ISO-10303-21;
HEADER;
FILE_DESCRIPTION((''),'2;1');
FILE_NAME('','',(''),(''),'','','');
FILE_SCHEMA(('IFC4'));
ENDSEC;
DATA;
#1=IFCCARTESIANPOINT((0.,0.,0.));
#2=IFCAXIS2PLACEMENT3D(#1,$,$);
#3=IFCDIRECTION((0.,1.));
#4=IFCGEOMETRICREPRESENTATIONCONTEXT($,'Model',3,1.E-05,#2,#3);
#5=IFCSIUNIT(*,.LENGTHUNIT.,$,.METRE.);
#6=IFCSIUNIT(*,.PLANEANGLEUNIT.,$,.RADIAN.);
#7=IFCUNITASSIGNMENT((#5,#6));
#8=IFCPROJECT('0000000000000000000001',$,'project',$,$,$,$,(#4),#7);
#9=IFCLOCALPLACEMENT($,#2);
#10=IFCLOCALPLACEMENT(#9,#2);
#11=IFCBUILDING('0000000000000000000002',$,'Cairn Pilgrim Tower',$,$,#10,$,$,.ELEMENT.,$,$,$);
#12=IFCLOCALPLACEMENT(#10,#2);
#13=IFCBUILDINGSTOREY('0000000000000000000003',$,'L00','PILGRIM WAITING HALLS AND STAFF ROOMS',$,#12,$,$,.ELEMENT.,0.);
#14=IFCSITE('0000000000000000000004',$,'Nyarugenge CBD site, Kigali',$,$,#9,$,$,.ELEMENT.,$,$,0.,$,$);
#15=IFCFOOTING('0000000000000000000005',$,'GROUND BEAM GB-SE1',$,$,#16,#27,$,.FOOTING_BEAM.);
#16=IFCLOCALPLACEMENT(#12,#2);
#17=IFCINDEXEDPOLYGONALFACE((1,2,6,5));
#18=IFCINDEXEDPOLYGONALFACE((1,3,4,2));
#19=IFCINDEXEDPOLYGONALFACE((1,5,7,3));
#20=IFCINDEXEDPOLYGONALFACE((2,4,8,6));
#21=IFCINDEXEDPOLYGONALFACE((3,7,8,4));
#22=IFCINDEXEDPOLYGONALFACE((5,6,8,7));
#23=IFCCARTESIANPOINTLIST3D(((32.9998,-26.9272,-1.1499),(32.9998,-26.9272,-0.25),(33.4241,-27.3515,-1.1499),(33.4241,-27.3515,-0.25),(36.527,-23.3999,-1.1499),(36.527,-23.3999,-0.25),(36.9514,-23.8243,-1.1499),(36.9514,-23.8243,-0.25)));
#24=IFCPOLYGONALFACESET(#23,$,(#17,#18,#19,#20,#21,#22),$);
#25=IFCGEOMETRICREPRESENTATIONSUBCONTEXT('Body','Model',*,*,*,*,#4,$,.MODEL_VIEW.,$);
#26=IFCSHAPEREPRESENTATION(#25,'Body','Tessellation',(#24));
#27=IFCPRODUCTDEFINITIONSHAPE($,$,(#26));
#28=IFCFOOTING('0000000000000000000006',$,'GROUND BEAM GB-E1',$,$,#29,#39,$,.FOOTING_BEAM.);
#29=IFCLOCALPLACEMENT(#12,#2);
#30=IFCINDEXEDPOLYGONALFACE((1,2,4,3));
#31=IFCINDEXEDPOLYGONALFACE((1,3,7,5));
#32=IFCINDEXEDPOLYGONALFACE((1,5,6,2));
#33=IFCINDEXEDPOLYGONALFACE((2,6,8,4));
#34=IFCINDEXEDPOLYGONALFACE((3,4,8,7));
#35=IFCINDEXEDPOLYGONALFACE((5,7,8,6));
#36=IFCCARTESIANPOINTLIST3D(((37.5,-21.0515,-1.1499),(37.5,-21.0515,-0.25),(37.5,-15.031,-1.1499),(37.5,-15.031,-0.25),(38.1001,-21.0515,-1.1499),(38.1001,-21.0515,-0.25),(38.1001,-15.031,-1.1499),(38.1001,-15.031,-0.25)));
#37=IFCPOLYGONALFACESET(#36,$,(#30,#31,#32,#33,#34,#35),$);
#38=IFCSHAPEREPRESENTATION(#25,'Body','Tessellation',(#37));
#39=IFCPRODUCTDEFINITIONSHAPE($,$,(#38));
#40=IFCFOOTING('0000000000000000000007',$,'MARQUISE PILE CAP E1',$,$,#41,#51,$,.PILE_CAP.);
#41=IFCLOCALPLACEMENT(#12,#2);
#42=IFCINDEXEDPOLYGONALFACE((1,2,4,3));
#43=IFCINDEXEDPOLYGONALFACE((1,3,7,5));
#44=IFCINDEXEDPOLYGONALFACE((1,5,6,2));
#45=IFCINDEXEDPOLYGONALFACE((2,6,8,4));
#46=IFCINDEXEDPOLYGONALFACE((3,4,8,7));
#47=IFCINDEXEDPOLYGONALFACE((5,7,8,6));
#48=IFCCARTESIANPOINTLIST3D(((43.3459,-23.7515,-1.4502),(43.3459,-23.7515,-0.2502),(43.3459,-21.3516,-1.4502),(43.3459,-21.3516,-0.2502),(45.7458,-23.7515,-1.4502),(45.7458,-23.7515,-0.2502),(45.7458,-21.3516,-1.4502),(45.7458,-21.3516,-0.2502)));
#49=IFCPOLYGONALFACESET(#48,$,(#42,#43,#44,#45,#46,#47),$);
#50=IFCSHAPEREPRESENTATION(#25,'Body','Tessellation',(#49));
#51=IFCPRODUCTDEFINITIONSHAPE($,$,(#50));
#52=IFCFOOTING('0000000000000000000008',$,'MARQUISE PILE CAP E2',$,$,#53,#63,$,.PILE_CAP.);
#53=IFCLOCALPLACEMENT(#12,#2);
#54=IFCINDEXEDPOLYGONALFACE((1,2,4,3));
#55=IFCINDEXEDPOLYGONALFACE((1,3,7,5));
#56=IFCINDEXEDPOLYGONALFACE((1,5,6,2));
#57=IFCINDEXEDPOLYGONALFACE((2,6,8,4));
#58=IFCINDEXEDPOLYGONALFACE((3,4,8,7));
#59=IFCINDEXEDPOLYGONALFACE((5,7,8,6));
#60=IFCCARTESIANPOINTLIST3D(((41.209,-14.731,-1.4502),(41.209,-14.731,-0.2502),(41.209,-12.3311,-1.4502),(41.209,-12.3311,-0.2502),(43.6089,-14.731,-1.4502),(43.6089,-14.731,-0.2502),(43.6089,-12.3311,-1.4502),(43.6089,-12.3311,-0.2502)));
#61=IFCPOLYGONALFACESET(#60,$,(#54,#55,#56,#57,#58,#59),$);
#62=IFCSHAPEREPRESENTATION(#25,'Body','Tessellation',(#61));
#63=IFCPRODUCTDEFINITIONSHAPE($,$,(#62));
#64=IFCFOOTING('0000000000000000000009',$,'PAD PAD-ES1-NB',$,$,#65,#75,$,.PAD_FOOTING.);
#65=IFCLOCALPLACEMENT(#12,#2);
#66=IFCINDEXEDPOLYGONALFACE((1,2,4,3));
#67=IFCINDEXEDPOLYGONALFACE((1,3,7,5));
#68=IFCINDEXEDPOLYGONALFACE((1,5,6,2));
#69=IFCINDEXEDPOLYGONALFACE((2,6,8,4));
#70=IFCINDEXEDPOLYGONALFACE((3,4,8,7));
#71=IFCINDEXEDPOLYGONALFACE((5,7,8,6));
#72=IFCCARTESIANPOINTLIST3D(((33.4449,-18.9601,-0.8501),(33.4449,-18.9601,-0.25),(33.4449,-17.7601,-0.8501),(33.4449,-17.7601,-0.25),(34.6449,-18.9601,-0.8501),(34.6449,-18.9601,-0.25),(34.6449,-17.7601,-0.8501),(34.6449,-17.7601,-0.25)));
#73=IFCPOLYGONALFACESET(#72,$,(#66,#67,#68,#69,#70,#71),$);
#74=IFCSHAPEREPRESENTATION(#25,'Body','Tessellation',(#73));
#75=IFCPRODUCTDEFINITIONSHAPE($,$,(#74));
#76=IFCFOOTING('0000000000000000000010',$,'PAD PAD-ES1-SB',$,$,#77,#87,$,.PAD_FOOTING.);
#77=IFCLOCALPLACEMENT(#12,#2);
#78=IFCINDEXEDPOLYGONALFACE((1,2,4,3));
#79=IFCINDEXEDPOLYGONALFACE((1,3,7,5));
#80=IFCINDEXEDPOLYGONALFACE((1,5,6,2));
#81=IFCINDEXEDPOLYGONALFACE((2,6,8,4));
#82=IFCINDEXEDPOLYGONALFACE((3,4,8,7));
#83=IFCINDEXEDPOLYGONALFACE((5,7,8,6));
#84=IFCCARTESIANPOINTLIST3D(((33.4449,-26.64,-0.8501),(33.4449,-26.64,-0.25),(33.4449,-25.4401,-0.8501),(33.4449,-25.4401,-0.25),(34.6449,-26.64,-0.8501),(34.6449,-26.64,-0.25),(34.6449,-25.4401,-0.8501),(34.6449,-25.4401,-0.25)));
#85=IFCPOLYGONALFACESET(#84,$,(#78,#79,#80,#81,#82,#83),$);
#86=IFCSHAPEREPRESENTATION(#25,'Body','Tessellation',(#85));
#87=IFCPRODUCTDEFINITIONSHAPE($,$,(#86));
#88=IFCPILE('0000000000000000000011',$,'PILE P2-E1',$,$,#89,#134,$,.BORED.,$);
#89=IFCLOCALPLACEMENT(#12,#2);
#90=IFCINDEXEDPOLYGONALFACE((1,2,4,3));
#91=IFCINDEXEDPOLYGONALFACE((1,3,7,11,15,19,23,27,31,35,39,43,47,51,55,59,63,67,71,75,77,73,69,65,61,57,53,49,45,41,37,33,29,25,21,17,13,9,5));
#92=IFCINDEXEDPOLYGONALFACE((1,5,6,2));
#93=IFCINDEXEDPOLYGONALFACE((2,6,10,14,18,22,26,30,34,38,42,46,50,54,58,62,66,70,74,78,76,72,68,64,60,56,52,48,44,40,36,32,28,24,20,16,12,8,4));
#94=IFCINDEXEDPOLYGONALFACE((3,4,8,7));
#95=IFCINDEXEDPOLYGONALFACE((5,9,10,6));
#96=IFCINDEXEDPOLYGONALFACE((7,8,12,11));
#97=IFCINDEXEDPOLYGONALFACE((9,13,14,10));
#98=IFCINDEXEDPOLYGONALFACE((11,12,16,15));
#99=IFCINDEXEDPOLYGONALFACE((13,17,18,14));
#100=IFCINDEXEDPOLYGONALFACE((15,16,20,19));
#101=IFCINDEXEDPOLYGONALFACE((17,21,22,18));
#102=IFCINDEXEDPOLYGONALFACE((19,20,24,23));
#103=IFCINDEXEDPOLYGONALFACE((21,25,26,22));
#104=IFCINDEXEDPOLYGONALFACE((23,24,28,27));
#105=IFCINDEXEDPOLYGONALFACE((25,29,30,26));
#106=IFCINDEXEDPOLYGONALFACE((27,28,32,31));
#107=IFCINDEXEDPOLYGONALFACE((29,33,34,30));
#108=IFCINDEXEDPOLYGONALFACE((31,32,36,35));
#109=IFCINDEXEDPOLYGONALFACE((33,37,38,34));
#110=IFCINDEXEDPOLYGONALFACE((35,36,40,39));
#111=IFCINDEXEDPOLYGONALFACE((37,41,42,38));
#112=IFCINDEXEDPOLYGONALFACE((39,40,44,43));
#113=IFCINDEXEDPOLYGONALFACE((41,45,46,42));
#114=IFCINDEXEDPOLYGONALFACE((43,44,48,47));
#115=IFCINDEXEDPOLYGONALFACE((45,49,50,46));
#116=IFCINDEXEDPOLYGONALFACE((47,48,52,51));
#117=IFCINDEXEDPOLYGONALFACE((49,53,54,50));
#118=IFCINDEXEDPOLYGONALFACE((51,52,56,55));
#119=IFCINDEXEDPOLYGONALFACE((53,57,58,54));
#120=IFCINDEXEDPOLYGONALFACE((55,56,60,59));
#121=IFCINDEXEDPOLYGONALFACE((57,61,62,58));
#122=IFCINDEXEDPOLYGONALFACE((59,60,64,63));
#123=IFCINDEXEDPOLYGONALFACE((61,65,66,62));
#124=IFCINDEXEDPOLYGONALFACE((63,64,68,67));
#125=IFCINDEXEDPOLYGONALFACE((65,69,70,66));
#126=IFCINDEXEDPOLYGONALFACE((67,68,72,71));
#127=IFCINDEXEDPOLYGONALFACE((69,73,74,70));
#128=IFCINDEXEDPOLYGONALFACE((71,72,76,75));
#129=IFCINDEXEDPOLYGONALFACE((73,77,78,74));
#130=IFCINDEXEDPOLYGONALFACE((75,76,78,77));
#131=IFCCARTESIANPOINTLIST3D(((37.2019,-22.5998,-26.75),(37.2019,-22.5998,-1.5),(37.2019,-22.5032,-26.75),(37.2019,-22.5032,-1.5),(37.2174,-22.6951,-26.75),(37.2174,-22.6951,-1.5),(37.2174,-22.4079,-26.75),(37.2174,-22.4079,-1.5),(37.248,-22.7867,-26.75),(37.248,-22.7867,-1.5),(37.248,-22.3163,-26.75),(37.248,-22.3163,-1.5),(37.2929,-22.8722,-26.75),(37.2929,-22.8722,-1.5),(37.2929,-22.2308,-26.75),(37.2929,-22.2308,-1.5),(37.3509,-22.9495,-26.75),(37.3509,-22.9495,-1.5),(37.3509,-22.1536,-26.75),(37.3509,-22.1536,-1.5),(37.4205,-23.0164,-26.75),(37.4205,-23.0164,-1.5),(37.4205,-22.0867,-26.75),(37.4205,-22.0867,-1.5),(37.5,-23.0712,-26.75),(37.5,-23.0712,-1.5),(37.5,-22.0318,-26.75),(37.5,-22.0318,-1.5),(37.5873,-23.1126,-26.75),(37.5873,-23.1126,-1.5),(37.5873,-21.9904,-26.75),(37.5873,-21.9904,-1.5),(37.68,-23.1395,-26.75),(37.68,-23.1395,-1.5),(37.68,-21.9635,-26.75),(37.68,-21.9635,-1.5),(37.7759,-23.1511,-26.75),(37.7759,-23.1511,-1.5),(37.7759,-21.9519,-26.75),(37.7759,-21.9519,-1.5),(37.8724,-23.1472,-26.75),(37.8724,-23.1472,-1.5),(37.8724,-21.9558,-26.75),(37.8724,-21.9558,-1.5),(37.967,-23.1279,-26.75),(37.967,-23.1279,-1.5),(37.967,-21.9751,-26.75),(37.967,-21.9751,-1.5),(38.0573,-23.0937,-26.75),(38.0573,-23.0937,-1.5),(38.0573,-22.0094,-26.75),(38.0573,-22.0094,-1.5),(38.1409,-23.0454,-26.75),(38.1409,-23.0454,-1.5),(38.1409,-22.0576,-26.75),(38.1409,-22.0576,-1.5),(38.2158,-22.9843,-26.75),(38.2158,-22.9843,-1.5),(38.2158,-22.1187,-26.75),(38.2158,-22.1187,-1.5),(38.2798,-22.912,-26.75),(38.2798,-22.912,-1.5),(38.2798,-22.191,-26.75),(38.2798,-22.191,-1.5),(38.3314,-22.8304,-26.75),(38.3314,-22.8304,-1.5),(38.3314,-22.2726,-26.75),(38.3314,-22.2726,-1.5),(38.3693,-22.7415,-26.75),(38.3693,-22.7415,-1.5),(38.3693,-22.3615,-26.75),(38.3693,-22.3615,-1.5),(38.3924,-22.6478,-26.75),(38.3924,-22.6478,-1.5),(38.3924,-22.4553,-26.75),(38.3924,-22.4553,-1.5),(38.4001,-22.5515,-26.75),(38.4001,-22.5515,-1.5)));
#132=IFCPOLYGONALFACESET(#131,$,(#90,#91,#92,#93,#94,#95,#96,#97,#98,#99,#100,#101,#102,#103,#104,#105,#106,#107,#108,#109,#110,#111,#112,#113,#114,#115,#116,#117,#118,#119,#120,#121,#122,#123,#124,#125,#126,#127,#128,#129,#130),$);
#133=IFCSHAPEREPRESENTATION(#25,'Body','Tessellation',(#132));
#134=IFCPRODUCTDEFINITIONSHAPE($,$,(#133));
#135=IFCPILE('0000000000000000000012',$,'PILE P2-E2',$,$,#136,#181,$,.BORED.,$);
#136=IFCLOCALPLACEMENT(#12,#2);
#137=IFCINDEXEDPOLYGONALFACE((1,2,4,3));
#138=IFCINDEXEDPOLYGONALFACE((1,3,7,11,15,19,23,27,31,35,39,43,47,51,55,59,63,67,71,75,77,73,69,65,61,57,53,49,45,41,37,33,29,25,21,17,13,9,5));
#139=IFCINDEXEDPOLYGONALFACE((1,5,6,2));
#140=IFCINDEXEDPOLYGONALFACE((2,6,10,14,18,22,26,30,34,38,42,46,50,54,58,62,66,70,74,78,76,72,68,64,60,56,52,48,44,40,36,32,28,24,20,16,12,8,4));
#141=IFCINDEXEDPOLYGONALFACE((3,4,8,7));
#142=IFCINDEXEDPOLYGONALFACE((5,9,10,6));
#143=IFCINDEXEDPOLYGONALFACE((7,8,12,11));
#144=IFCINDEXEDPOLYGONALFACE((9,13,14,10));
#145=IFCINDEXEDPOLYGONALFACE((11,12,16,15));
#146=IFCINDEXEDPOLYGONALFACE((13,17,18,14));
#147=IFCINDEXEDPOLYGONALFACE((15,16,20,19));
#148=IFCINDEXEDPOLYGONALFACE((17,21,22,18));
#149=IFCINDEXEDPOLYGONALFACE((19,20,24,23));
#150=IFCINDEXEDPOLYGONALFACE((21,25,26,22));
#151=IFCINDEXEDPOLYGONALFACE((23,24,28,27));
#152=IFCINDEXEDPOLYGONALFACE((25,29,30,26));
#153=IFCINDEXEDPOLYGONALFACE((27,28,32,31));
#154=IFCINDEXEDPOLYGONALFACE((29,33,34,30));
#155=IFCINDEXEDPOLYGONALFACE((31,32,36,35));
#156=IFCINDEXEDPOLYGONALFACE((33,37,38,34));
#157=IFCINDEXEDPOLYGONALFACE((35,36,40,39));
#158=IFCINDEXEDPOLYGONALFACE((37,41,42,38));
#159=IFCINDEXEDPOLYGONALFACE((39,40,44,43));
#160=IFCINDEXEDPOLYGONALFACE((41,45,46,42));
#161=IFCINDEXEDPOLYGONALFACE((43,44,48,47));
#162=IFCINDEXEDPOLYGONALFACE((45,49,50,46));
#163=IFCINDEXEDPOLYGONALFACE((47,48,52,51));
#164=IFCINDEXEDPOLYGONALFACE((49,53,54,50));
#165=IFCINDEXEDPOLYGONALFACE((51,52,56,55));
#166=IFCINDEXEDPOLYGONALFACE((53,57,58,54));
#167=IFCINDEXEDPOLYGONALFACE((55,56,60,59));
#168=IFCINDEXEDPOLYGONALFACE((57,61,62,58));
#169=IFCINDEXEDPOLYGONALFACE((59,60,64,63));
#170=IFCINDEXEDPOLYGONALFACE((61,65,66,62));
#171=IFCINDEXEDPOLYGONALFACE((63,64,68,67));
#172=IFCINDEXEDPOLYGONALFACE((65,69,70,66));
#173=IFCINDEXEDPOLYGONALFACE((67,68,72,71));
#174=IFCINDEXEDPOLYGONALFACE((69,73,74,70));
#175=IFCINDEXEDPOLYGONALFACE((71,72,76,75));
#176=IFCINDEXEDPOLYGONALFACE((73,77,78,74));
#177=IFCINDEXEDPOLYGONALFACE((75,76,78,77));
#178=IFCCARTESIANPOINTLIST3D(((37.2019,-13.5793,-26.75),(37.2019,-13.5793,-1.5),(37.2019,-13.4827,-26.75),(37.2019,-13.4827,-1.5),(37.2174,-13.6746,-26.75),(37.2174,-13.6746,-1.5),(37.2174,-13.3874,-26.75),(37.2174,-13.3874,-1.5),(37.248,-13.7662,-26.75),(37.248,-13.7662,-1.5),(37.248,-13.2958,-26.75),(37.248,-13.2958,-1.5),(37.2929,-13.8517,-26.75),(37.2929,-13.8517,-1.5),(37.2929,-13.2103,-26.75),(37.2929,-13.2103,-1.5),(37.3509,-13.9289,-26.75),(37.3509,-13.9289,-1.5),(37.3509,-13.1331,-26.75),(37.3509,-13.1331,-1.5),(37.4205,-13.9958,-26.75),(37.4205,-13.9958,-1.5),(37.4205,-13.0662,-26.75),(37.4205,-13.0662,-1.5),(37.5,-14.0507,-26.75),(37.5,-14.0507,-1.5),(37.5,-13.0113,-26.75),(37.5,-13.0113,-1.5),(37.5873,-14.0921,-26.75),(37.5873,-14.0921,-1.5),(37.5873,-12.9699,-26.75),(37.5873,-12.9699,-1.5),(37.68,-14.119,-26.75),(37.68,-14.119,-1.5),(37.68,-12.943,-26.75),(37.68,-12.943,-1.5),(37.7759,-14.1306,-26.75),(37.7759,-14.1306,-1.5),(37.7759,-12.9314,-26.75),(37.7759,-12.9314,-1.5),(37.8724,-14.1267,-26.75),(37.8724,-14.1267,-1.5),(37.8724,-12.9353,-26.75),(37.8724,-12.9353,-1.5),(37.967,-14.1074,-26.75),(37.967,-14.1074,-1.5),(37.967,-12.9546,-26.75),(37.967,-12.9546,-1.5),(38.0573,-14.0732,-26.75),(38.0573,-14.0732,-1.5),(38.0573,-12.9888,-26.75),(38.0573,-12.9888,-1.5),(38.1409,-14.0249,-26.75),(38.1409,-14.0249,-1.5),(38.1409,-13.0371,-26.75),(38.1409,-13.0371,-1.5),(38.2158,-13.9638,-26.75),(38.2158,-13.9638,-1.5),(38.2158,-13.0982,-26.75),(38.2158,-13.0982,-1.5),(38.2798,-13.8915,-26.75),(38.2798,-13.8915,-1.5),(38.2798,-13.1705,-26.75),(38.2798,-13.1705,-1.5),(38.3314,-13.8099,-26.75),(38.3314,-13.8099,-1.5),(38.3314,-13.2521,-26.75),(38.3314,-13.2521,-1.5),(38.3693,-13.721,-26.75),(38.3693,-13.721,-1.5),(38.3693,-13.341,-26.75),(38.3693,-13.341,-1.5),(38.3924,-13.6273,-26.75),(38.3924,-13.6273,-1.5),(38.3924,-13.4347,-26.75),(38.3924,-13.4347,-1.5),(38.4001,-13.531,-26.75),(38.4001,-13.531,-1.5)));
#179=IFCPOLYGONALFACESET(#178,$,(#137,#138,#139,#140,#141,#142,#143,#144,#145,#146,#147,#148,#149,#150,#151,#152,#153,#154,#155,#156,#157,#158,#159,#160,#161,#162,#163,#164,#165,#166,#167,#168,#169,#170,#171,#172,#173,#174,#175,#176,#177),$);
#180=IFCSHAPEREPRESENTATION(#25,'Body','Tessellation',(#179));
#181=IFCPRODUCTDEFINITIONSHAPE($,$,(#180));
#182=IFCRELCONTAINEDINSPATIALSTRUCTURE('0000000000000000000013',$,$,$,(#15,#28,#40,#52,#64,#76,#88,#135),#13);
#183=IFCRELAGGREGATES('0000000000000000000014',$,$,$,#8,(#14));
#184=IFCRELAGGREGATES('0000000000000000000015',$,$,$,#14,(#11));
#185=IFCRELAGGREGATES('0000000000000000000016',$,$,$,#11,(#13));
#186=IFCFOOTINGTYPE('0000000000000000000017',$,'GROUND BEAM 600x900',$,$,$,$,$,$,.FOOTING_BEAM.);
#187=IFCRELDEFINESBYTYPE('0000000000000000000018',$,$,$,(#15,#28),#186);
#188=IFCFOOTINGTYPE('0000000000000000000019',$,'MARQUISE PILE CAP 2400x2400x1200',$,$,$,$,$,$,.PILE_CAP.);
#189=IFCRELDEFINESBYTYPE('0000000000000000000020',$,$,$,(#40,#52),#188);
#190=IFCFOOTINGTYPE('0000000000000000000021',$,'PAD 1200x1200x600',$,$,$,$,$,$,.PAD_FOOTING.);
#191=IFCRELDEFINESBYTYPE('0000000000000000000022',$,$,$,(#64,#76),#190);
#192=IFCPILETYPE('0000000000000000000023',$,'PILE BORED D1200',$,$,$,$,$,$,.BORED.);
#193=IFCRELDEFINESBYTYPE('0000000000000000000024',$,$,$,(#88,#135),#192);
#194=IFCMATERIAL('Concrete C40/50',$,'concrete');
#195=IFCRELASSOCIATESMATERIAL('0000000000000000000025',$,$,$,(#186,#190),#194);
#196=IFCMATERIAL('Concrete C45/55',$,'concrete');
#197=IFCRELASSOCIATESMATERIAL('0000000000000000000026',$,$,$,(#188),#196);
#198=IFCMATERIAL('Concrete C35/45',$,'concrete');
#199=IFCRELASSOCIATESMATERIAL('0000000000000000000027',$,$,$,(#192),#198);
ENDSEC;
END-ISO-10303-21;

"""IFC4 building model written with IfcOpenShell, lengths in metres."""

from ifc_helpers import new_model, si_unit, direction, frame, origin, origin_2d, place, context, subcontext, project, spatial, rectangle, circle, extrude, material, material_profile, profile_set, type_object, element, save


model = new_model("IFC4")

# Units and contexts
model_context = context("Model", 3, precision=1e-05, world=origin(), true_north=direction((0.0, 1.0)))
body_context = subcontext(model_context, "Body", "Model", "MODEL_VIEW")
ifc_project = project(units=[si_unit("LENGTHUNIT", "METRE"), si_unit("PLANEANGLEUNIT", "RADIAN")], contexts=[model_context])

# Site, building, storey
site_placement = place(None, origin())
site = spatial("IfcSite", under=ifc_project, at=site_placement, Name="Nyarugenge CBD site, Kigali", CompositionType="ELEMENT", RefElevation=0.0)
building_placement = place(site_placement, origin())
building = spatial("IfcBuilding", under=site, at=building_placement, Name="Cairn Pilgrim Tower", CompositionType="ELEMENT")
storey_placement = place(building_placement, origin())
storey = spatial("IfcBuildingStorey", under=building, at=storey_placement, Name="L00", Description="PILGRIM WAITING HALLS AND STAFF ROOMS", CompositionType="ELEMENT", Elevation=0.0)

# Footings
ifc_material_1 = material(Name="Concrete C40/50", Category="concrete")
footing_type_1 = type_object("IfcFootingType", Name="GROUND BEAM 600x900", PredefinedType="FOOTING_BEAM", material=ifc_material_1)
footing_1_placement = place(storey_placement, frame((34.9756, -25.3757, -1.1499), z_axis=(0.0, 0.0, 1.0), x_axis=(0.707107, 0.707107, 0.0)))
element("IfcFooting", 1, at=footing_1_placement, inside=storey, type_object=footing_type_1, Name="GROUND BEAM GB-SE1", PredefinedType="FOOTING_BEAM", context=body_context, shape_type="SweptSolid", body=[
    extrude(rectangle(XDim=4.9883, YDim=0.6001, at=origin_2d()), origin(), (0.0, 0.0, 1.0), 0.8999),
])
footing_2_placement = place(storey_placement, frame((37.8, -18.0413, -1.1499), z_axis=(0.0, 0.0, 1.0), x_axis=(0.0, 1.0, 0.0)))
element("IfcFooting", 2, at=footing_2_placement, inside=storey, type_object=footing_type_1, Name="GROUND BEAM GB-E1", PredefinedType="FOOTING_BEAM", context=body_context, shape_type="SweptSolid", body=[
    extrude(rectangle(XDim=6.0205, YDim=0.6001, at=origin_2d()), origin(), (0.0, 0.0, 1.0), 0.8999),
])
ifc_material_2 = material(Name="Concrete C45/55", Category="concrete")
footing_type_2 = type_object("IfcFootingType", Name="MARQUISE PILE CAP 2400x2400x1200", PredefinedType="PILE_CAP", material=ifc_material_2)
for number, where, z_axis, x_axis, name in (
    (3, (44.5459, -22.5515, -1.4502), (0.0, 0.0, 1.0), (1.0, 0.0, 0.0), "MARQUISE PILE CAP E1"),
    (4, (42.4089, -13.531, -1.4502), (0.0, 0.0, 1.0), (1.0, 0.0, 0.0), "MARQUISE PILE CAP E2"),
):
    element("IfcFooting", number, at=place(storey_placement, frame(where, z_axis=z_axis, x_axis=x_axis)), inside=storey, type_object=footing_type_2, Name=name, PredefinedType="PILE_CAP", context=body_context, shape_type="SweptSolid", body=[
        extrude(rectangle(XDim=2.3999, YDim=2.3999, at=origin_2d()), origin(), (0.0, 0.0, 1.0), 1.2),
    ])
footing_type_3 = type_object("IfcFootingType", Name="PAD 1200x1200x600", PredefinedType="PAD_FOOTING", material=ifc_material_1)
for number, where, z_axis, x_axis, name in (
    (5, (34.0449, -18.3601, -0.8501), (0.0, 0.0, 1.0), (1.0, 0.0, 0.0), "PAD PAD-ES1-NB"),
    (6, (34.0449, -26.04, -0.8501), (0.0, 0.0, 1.0), (1.0, 0.0, 0.0), "PAD PAD-ES1-SB"),
):
    element("IfcFooting", number, at=place(storey_placement, frame(where, z_axis=z_axis, x_axis=x_axis)), inside=storey, type_object=footing_type_3, Name=name, PredefinedType="PAD_FOOTING", context=body_context, shape_type="SweptSolid", body=[
        extrude(rectangle(XDim=1.2, YDim=1.2, at=origin_2d()), origin(), (0.0, 0.0, 1.0), 0.6001),
    ])

# Piles
ifc_material_3 = material(Name="Concrete C35/45", Category="concrete")
ifc_material_profile_1 = material_profile(ifc_material_3, circle(Radius=0.6001, at=origin_2d()), Name="D1200")
ifc_profile_set_1 = profile_set([ifc_material_profile_1], Name="Concrete C35/45")
pile_type_1 = type_object("IfcPileType", Name="PILE BORED D1200", PredefinedType="BORED", material=ifc_profile_set_1)
for number, where, z_axis, x_axis, name in (
    (7, (37.8, -22.5515, -1.5), (0.0, 0.0, -1.0), (1.0, 0.0, 0.0), "PILE P2-E1"),
    (8, (37.8, -13.531, -1.5), (0.0, 0.0, -1.0), (1.0, 0.0, 0.0), "PILE P2-E2"),
):
    element("IfcPile", number, at=place(storey_placement, frame(where, z_axis=z_axis, x_axis=x_axis)), inside=storey, type_object=pile_type_1, Name=name, PredefinedType="BORED", context=body_context, shape_type="SweptSolid", body=[
        extrude(circle(Radius=0.6001, at=origin_2d()), origin(), (0.0, 0.0, 1.0), 25.25),
    ])

save(model, "model.ifc")
